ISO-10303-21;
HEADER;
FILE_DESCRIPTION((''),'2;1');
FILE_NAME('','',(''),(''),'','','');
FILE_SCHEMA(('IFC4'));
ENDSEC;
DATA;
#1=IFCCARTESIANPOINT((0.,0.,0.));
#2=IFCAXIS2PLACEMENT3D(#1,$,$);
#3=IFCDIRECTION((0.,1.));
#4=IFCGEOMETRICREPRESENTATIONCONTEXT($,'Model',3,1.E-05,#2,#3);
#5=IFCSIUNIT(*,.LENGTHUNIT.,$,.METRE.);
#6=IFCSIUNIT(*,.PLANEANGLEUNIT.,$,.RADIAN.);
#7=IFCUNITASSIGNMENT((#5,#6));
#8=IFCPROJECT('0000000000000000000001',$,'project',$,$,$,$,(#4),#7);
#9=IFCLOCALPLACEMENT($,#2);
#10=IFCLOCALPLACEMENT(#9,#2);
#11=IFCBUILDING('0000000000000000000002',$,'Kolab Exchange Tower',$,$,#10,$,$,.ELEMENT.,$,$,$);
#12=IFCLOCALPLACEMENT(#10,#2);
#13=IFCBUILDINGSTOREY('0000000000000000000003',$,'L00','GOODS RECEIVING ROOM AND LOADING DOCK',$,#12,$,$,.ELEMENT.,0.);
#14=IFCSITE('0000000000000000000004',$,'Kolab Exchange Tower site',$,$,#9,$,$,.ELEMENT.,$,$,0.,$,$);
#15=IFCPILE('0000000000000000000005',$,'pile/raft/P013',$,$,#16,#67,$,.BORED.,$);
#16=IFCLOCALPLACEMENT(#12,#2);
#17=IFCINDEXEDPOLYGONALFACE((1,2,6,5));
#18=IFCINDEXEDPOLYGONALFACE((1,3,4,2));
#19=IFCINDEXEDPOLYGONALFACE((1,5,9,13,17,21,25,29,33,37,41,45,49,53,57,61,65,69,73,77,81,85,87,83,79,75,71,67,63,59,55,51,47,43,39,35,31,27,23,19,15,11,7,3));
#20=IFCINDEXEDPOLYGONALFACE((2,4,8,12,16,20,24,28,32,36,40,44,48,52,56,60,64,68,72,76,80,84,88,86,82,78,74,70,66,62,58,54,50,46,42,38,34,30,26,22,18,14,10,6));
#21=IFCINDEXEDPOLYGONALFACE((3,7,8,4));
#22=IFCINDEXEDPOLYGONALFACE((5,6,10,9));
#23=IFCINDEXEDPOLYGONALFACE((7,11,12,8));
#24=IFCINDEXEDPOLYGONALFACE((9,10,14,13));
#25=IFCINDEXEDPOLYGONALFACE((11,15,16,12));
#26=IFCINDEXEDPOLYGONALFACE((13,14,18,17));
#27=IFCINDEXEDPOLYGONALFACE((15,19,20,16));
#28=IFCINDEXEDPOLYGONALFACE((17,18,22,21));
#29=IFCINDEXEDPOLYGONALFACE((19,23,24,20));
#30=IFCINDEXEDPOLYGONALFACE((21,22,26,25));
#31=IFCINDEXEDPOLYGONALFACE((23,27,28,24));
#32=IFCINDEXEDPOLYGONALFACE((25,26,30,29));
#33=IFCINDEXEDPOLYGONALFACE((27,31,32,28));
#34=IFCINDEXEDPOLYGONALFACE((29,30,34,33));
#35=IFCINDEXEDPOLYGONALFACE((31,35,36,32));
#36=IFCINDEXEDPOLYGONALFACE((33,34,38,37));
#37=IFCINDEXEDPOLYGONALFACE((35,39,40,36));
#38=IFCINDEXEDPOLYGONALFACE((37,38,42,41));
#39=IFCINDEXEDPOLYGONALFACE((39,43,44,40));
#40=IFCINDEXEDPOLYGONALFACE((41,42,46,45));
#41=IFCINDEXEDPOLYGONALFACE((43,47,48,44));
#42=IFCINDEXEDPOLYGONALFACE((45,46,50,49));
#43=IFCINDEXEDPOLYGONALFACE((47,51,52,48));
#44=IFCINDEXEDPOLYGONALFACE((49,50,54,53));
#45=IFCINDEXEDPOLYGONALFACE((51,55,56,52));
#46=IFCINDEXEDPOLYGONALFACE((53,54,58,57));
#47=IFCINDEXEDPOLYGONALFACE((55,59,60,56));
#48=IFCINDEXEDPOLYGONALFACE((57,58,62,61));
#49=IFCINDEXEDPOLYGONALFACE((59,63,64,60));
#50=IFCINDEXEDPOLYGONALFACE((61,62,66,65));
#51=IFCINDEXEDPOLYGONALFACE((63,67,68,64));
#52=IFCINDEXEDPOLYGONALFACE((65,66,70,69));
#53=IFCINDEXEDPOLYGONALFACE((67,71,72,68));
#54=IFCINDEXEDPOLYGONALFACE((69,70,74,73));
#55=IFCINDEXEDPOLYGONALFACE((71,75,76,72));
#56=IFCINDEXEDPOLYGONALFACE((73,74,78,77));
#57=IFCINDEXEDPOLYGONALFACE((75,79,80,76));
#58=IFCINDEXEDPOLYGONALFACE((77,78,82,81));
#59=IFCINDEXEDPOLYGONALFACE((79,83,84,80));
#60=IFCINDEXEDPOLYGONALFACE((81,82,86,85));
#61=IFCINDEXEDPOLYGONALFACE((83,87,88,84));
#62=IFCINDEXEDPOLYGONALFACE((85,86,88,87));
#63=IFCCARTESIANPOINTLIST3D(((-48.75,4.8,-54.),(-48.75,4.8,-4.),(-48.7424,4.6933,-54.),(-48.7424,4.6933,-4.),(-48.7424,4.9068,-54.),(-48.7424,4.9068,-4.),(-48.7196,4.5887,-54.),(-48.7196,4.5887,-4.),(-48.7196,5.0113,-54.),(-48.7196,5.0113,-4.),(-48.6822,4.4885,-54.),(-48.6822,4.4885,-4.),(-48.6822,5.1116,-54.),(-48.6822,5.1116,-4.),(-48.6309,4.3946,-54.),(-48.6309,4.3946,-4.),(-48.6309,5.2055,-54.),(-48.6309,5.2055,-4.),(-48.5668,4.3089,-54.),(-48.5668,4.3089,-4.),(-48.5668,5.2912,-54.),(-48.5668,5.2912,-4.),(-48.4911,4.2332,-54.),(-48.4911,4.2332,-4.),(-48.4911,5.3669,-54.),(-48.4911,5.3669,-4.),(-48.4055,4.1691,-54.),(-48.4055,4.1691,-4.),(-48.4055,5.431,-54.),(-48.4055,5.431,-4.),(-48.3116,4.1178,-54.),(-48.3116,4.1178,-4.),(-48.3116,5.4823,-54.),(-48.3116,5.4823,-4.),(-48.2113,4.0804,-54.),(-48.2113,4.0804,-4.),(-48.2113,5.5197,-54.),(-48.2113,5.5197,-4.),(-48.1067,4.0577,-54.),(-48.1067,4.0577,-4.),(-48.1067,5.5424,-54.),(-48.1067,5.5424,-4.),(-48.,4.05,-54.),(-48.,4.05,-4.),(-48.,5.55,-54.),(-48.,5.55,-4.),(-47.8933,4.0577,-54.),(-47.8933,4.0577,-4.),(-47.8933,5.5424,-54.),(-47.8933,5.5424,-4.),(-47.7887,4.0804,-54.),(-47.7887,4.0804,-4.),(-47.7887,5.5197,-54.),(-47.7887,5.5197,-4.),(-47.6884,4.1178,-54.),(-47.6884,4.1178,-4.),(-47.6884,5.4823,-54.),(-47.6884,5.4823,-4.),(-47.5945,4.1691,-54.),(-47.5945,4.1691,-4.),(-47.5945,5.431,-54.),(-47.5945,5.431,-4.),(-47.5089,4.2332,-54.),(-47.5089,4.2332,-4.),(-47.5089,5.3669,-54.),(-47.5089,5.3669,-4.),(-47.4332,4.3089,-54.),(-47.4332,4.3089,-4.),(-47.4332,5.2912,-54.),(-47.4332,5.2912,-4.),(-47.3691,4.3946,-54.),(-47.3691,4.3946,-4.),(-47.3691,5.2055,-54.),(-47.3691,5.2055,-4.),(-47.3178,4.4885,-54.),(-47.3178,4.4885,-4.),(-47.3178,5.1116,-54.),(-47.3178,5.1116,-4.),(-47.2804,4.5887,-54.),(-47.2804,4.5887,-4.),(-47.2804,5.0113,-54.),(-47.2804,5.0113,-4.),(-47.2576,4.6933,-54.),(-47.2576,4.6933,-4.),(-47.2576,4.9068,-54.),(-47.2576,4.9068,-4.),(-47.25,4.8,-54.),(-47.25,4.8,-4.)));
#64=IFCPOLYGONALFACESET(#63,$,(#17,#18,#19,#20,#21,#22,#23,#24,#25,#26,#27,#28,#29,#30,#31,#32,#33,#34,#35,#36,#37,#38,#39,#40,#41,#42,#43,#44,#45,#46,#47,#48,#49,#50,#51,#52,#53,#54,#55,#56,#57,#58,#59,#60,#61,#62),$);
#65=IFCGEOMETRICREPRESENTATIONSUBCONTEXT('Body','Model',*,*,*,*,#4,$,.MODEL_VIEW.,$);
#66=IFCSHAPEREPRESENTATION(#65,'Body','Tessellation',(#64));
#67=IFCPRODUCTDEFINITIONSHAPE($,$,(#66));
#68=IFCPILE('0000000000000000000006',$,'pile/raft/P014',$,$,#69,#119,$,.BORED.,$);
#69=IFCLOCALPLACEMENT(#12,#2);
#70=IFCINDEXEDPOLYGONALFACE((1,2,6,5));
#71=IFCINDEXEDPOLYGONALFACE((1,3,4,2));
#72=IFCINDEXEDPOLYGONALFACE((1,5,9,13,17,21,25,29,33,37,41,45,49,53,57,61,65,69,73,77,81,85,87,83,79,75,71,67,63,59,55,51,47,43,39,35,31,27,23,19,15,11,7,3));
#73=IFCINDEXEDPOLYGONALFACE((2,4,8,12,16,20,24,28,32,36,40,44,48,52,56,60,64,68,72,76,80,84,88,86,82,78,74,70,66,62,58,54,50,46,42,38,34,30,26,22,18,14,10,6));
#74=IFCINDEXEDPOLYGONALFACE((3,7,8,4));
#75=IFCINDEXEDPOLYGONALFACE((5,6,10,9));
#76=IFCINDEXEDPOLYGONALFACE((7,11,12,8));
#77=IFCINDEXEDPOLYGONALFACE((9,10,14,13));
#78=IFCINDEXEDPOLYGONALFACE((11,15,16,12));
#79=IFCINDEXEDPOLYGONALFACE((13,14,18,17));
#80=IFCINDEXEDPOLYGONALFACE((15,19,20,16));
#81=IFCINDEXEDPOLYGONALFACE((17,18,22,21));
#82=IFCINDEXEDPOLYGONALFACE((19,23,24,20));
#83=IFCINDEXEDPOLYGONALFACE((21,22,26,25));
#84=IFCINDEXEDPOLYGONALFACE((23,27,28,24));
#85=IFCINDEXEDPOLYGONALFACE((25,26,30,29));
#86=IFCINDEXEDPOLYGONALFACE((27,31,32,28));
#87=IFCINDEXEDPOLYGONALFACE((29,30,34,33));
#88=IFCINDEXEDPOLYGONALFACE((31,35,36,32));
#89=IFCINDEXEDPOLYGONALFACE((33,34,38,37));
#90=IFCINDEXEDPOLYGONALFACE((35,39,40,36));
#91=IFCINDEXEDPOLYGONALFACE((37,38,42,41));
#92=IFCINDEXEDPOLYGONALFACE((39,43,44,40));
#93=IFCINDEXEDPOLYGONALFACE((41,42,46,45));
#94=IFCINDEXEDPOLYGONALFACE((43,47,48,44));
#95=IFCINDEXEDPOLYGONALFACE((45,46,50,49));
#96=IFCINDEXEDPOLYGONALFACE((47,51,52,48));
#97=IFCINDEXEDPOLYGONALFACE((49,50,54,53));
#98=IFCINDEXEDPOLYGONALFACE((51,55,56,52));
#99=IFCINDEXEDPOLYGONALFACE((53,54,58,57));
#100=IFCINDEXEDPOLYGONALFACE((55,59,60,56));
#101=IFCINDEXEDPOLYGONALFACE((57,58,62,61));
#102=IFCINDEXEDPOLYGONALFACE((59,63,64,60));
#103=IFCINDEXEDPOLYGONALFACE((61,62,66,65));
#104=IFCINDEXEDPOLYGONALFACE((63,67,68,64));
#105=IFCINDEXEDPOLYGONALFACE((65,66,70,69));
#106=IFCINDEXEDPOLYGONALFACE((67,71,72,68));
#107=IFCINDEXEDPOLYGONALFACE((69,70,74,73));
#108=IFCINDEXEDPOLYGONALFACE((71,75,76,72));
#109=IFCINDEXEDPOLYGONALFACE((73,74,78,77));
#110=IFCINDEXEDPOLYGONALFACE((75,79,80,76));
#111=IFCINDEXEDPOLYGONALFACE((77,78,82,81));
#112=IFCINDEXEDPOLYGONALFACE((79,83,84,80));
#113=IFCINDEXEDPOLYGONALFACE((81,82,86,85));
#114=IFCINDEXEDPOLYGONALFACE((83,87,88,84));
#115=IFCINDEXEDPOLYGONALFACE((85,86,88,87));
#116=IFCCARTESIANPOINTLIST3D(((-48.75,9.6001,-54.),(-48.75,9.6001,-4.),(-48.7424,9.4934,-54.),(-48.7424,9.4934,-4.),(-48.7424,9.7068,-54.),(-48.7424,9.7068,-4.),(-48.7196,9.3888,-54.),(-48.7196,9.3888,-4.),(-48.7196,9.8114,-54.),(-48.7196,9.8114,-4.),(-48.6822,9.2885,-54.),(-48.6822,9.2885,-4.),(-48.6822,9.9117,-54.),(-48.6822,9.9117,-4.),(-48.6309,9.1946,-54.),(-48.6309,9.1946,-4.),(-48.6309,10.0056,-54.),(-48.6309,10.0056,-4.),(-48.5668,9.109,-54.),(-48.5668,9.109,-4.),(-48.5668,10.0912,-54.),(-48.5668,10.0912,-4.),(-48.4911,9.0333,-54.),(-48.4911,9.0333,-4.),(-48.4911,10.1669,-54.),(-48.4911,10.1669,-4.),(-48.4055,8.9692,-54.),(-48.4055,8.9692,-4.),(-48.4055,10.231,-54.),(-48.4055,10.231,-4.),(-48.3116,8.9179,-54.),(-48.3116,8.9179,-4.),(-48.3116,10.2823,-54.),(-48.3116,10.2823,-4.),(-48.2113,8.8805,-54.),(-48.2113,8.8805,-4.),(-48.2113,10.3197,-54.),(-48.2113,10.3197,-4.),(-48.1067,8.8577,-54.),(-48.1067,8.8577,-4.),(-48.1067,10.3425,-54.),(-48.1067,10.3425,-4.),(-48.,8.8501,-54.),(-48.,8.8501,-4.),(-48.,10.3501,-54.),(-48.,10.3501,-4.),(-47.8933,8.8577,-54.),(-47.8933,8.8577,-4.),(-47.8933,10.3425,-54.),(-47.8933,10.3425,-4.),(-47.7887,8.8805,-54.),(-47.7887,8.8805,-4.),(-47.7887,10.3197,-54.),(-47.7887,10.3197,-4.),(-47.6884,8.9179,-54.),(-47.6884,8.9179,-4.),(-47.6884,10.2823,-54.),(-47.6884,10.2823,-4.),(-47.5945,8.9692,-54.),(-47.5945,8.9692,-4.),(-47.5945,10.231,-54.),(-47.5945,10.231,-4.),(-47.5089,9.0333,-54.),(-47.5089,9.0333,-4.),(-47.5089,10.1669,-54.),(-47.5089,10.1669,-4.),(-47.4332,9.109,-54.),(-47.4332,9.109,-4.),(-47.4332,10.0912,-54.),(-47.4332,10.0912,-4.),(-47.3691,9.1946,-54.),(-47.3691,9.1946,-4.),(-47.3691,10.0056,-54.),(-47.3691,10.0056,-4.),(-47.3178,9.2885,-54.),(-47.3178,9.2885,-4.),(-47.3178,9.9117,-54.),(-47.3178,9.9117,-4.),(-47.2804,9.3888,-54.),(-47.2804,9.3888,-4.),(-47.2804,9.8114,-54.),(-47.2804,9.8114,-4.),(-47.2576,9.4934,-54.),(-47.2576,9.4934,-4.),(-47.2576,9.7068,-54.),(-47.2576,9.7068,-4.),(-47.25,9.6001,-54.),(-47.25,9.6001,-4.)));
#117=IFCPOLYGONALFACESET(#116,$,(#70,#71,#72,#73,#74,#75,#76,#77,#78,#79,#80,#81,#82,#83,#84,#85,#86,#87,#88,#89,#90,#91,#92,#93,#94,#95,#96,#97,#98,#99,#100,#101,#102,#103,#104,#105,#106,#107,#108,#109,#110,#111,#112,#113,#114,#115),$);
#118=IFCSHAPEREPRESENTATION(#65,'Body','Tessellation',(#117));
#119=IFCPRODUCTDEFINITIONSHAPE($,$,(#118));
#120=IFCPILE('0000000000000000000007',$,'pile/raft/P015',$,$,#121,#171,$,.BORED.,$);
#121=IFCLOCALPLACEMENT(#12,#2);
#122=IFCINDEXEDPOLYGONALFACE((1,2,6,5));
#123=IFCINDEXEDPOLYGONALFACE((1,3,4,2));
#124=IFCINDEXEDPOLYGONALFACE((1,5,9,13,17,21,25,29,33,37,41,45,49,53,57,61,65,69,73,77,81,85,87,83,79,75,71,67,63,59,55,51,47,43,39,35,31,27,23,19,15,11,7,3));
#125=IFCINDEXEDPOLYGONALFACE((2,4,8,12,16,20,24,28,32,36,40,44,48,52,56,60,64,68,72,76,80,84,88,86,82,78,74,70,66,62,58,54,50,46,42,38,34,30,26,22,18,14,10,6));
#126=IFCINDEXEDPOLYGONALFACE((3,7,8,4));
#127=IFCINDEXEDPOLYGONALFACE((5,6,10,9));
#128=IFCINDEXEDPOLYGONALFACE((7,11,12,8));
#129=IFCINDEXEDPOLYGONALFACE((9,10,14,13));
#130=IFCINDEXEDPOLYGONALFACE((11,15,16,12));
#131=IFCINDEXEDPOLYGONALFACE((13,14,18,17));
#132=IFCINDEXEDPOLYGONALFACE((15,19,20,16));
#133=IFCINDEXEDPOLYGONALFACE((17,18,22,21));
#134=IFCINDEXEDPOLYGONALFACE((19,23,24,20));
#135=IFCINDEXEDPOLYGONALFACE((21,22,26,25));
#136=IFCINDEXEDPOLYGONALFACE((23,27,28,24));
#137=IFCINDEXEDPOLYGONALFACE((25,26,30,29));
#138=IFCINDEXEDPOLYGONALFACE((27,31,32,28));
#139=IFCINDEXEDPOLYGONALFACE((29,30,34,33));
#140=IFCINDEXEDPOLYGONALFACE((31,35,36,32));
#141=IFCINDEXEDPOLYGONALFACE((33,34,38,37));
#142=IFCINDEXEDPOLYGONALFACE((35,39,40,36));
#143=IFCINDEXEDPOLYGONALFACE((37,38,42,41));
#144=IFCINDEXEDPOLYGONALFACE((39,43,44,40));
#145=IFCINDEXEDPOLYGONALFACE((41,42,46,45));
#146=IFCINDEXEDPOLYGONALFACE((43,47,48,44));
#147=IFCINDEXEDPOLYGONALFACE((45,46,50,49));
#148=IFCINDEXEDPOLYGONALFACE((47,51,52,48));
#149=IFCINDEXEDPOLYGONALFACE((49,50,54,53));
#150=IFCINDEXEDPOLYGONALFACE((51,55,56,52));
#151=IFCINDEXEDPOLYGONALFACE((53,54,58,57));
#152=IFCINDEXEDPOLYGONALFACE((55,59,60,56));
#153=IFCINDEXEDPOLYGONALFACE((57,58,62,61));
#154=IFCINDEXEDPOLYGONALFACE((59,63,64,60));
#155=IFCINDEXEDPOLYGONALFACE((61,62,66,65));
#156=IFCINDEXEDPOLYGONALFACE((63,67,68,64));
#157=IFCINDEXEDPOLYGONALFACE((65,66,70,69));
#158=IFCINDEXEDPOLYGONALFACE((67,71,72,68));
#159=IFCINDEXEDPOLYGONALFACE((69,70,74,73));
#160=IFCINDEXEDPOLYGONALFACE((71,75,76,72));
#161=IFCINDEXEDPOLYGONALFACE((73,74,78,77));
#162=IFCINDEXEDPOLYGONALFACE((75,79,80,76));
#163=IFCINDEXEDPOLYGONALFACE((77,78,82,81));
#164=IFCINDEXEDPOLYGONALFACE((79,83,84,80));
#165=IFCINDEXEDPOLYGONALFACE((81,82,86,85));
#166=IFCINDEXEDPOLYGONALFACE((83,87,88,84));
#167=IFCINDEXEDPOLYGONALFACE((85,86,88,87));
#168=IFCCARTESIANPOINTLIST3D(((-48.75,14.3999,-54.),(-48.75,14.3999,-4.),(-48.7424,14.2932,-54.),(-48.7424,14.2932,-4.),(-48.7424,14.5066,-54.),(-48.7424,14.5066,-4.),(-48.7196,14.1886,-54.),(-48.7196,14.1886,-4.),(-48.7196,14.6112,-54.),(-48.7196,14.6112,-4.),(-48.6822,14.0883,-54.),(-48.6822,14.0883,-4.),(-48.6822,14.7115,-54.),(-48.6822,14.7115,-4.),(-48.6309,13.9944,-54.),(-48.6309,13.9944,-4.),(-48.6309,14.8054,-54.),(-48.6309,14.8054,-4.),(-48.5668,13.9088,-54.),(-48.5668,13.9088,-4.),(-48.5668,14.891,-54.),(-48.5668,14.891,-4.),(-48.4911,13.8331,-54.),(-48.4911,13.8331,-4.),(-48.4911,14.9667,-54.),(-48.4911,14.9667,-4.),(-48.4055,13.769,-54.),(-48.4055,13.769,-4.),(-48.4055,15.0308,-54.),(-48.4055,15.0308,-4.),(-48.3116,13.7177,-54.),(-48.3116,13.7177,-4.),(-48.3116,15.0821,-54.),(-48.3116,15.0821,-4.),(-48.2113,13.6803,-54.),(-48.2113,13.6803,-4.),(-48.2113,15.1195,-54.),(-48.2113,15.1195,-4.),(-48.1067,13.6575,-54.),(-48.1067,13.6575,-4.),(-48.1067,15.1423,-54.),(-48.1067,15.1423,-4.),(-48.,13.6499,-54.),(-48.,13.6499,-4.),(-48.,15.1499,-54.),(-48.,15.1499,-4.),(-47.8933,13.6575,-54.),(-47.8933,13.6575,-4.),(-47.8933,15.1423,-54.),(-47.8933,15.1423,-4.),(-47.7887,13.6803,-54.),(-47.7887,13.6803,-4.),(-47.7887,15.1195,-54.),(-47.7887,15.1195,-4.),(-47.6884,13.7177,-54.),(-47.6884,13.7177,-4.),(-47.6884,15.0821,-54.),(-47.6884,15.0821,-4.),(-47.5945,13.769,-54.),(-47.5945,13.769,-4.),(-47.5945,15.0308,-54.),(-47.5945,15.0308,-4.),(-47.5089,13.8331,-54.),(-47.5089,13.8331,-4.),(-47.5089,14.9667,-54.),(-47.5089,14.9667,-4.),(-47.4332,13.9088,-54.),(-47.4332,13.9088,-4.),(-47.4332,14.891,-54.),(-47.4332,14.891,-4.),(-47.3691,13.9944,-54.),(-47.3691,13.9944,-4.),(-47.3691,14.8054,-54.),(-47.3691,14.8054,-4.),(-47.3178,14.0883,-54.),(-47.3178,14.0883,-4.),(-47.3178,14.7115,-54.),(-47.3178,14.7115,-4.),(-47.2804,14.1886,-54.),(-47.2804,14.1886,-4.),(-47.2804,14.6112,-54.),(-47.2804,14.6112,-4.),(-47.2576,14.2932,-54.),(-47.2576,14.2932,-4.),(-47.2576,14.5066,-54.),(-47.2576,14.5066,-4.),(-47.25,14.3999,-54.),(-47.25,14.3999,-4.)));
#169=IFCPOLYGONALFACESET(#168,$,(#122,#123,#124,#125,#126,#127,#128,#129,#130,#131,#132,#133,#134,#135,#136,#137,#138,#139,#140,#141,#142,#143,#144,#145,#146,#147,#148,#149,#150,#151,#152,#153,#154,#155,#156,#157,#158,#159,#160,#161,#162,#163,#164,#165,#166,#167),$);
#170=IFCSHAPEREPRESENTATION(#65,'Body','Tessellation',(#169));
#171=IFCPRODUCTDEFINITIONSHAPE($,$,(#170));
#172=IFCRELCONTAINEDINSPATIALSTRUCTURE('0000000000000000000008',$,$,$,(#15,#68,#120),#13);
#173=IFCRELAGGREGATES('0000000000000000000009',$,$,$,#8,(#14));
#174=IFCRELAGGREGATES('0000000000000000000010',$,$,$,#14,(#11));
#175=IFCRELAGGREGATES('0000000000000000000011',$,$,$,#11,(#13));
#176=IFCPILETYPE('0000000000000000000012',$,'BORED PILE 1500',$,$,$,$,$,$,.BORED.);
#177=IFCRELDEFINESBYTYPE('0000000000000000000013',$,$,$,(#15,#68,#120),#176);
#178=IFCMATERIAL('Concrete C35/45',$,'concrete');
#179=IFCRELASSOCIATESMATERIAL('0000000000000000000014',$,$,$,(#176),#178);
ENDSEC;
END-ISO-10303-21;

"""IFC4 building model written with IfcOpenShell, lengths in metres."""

from ifc_helpers import new_model, si_unit, direction, frame, origin, origin_2d, place, context, subcontext, project, spatial, circle, extrude, material, material_profile, profile_set, type_object, element, save


model = new_model("IFC4")

# Units and contexts
model_context = context("Model", 3, precision=1e-05, world=origin(), true_north=direction((0.0, 1.0)))
body_context = subcontext(model_context, "Body", "Model", "MODEL_VIEW")
ifc_project = project(units=[si_unit("LENGTHUNIT", "METRE"), si_unit("PLANEANGLEUNIT", "RADIAN")], contexts=[model_context])

# Site, building, storey
site_placement = place(None, origin())
site = spatial("IfcSite", under=ifc_project, at=site_placement, Name="Kolab Exchange Tower site", CompositionType="ELEMENT", RefElevation=0.0)
building_placement = place(site_placement, origin())
building = spatial("IfcBuilding", under=site, at=building_placement, Name="Kolab Exchange Tower", CompositionType="ELEMENT")
storey_placement = place(building_placement, origin())
storey = spatial("IfcBuildingStorey", under=building, at=storey_placement, Name="L00", Description="GOODS RECEIVING ROOM AND LOADING DOCK", CompositionType="ELEMENT", Elevation=0.0)

# Piles
ifc_material_1 = material(Name="Concrete C35/45", Category="concrete")
ifc_material_profile_1 = material_profile(ifc_material_1, circle(Radius=0.75, at=origin_2d()), Name="BP1500")
ifc_profile_set_1 = profile_set([ifc_material_profile_1], Name="Concrete C35/45")
pile_type = type_object("IfcPileType", Name="BORED PILE 1500", PredefinedType="BORED", material=ifc_profile_set_1)
for number, where, z_axis, x_axis, name in (
    (1, (-48.0, 4.8, -4.0), (0.0, 0.0, -1.0), (1.0, 0.0, 0.0), "pile/raft/P013"),
    (2, (-48.0, 9.6001, -4.0), (0.0, 0.0, -1.0), (1.0, 0.0, 0.0), "pile/raft/P014"),
    (3, (-48.0, 14.3999, -4.0), (0.0, 0.0, -1.0), (1.0, 0.0, 0.0), "pile/raft/P015"),
):
    element("IfcPile", number, at=place(storey_placement, frame(where, z_axis=z_axis, x_axis=x_axis)), inside=storey, type_object=pile_type, Name=name, PredefinedType="BORED", context=body_context, shape_type="SweptSolid", body=[
        extrude(circle(Radius=0.75, at=origin_2d()), origin(), (0.0, 0.0, 1.0), 50.0),
    ])

save(model, "model.ifc")
